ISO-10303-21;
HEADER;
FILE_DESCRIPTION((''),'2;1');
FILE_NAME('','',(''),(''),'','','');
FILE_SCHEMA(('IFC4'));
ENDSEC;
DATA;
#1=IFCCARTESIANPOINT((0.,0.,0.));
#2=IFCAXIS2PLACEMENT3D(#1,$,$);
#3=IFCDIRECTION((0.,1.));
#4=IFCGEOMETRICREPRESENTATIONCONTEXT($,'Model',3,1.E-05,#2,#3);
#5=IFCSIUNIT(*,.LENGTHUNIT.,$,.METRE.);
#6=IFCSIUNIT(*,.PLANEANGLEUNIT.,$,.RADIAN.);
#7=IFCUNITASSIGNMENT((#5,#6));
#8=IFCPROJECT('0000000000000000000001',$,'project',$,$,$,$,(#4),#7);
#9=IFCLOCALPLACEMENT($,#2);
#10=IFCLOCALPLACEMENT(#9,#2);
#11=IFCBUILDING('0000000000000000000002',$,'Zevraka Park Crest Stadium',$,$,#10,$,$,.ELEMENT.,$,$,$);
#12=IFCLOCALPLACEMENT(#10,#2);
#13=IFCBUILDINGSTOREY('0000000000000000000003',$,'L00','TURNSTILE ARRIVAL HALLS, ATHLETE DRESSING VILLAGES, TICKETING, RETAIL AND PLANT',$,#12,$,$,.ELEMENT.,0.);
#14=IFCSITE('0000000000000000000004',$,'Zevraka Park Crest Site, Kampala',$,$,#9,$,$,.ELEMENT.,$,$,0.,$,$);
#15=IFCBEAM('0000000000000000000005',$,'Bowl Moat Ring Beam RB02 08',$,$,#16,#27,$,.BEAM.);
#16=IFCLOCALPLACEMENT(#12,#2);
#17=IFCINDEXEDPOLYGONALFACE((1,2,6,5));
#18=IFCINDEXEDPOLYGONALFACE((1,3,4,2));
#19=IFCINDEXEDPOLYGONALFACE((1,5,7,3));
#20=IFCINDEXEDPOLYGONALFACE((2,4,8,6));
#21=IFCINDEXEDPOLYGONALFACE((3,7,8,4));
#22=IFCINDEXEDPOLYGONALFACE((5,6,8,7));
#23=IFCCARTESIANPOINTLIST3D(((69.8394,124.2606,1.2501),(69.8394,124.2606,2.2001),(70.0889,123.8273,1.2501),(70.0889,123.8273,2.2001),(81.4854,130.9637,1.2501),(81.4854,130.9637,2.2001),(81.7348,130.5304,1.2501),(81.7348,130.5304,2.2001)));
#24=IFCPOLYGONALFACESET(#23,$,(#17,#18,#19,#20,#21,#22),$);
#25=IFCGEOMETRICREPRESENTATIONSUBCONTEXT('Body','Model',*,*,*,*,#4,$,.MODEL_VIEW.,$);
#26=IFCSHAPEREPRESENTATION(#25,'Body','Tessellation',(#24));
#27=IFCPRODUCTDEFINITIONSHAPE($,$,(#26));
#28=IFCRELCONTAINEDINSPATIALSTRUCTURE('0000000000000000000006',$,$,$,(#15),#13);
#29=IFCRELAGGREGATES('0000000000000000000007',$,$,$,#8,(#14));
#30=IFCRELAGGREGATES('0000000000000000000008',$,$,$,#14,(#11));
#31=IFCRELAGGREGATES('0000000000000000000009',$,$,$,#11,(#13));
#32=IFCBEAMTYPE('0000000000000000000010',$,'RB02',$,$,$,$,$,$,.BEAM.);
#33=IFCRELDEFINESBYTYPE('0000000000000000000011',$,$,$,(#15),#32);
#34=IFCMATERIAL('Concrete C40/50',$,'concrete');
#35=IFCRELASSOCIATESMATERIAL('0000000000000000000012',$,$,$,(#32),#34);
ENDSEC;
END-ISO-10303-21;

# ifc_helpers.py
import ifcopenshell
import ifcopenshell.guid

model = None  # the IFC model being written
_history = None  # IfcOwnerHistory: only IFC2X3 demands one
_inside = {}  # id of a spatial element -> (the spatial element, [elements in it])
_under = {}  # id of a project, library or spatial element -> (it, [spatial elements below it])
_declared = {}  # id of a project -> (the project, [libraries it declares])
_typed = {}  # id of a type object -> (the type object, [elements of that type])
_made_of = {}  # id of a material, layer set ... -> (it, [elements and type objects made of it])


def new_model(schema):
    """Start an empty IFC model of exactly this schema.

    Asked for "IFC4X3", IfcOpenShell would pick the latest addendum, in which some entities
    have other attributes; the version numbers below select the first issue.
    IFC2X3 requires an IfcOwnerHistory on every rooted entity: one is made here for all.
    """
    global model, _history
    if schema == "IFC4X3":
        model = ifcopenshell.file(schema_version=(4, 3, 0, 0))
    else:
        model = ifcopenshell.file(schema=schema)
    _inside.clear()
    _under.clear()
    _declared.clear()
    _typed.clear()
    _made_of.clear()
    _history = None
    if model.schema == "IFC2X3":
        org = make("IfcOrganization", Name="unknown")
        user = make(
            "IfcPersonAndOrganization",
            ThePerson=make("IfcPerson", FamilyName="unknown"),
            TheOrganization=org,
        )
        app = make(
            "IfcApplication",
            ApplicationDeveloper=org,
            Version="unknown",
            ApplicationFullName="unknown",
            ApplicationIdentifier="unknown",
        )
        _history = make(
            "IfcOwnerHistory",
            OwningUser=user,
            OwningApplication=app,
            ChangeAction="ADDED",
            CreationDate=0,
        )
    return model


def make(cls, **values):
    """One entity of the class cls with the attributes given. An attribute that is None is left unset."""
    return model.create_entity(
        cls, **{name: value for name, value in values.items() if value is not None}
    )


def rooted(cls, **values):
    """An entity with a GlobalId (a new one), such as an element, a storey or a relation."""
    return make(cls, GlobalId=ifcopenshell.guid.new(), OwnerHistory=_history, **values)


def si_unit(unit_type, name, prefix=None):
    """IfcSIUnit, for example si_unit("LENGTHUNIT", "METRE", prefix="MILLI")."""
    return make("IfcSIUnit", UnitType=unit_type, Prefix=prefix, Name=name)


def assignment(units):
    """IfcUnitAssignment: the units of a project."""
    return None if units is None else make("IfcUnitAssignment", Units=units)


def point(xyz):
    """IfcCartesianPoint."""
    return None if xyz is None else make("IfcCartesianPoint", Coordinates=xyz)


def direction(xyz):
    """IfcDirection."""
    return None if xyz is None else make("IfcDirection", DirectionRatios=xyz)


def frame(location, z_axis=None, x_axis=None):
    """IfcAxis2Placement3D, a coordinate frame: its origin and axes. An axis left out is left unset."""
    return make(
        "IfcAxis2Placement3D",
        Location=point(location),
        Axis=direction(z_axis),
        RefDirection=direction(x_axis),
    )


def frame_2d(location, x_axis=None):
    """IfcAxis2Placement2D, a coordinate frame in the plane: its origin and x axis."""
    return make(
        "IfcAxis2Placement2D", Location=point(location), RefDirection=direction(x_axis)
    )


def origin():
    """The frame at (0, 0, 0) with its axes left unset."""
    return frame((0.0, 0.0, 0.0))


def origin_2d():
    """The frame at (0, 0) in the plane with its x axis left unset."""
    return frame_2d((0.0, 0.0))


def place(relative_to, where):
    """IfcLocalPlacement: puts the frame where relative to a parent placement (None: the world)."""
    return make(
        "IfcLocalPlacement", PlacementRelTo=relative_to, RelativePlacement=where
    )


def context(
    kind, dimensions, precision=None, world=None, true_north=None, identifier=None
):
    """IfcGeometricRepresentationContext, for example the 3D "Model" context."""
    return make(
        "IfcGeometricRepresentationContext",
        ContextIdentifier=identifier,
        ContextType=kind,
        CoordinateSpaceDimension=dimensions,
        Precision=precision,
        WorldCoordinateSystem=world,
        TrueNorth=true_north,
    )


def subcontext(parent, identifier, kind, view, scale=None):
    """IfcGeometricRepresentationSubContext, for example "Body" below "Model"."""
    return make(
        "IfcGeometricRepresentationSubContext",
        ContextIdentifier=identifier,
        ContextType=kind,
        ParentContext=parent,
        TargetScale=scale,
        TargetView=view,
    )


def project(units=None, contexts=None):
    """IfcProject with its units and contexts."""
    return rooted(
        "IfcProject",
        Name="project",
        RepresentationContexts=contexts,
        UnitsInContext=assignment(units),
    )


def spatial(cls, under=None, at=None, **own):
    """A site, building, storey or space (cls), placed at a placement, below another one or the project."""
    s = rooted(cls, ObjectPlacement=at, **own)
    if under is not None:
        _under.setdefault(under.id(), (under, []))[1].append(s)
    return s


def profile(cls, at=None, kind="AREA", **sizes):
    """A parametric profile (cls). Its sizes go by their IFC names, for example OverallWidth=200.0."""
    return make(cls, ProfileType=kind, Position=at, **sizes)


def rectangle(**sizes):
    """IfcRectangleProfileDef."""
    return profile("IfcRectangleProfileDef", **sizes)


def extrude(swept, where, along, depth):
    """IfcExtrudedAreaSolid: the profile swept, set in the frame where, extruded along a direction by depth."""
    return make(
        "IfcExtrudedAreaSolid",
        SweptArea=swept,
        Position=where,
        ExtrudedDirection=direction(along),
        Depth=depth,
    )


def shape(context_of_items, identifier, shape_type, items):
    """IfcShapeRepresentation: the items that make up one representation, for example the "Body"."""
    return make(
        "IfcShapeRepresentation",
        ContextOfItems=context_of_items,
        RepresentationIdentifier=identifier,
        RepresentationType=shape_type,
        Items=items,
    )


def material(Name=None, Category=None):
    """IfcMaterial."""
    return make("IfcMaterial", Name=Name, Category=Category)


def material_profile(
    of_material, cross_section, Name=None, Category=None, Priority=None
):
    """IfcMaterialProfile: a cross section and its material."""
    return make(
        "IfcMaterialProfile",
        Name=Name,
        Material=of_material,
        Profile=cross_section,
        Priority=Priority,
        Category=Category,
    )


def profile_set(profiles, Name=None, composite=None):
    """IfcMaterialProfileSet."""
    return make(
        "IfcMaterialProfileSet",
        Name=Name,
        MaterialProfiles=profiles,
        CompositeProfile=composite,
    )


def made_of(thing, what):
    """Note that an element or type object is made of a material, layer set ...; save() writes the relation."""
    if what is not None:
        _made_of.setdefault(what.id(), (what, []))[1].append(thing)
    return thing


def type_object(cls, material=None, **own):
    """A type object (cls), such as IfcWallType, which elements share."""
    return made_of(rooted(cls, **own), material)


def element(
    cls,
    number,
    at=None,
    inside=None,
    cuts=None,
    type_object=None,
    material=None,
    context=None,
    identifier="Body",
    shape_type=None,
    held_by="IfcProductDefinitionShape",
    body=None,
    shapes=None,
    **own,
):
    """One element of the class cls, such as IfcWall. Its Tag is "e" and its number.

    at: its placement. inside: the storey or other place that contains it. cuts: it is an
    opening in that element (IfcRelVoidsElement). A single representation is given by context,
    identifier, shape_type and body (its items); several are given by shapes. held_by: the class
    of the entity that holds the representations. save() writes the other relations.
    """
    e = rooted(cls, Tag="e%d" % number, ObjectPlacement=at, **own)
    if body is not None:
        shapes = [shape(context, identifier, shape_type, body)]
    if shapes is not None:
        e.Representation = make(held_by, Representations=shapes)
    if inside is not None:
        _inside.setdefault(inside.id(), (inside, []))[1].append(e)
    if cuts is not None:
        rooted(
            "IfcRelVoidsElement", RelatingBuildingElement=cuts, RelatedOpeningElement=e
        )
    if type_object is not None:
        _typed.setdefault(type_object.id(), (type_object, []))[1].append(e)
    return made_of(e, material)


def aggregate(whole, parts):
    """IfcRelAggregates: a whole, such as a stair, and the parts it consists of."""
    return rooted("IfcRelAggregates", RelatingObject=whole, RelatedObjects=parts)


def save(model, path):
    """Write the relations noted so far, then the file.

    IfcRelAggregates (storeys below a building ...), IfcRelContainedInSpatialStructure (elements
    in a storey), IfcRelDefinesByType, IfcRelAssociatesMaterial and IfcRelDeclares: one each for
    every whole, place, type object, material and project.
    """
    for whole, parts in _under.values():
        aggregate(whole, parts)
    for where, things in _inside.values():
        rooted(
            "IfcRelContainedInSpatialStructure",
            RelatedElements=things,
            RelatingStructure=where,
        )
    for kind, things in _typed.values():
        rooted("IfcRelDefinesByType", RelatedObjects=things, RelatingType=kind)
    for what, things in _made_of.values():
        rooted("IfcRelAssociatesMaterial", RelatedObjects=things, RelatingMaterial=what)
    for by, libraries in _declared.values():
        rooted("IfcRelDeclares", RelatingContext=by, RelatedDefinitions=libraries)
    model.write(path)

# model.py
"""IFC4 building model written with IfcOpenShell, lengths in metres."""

from ifc_helpers import new_model, si_unit, direction, frame, origin, origin_2d, place, context, subcontext, project, spatial, rectangle, extrude, material, material_profile, profile_set, type_object, element, save


model = new_model("IFC4")

# Units and contexts
model_context = context("Model", 3, precision=1e-05, world=origin(), true_north=direction((0.0, 1.0)))
body_context = subcontext(model_context, "Body", "Model", "MODEL_VIEW")
ifc_project = project(units=[si_unit("LENGTHUNIT", "METRE"), si_unit("PLANEANGLEUNIT", "RADIAN")], contexts=[model_context])

# Site, building, storey
site_placement = place(None, origin())
site = spatial("IfcSite", under=ifc_project, at=site_placement, Name="Zevraka Park Crest Site, Kampala", CompositionType="ELEMENT", RefElevation=0.0)
building_placement = place(site_placement, origin())
building = spatial("IfcBuilding", under=site, at=building_placement, Name="Zevraka Park Crest Stadium", CompositionType="ELEMENT")
storey_placement = place(building_placement, origin())
storey = spatial("IfcBuildingStorey", under=building, at=storey_placement, Name="L00", Description="TURNSTILE ARRIVAL HALLS, ATHLETE DRESSING VILLAGES, TICKETING, RETAIL AND PLANT", CompositionType="ELEMENT", Elevation=0.0)

# Beam
ifc_material_1 = material(Name="Concrete C40/50", Category="concrete")
ifc_material_profile_1 = material_profile(ifc_material_1, rectangle(XDim=0.5, YDim=0.95, at=origin_2d()), Name="RC 950x500")
ifc_profile_set_1 = profile_set([ifc_material_profile_1], Name="Concrete C40/50")
beam_type = type_object("IfcBeamType", Name="RB02", PredefinedType="BEAM", material=ifc_profile_set_1)
beam_1_placement = place(storey_placement, frame((81.6101, 130.7471, 1.7251), z_axis=(-0.866691, -0.498845, 0.0), x_axis=(0.498845, -0.866691, 0.0)))
element("IfcBeam", 1, at=beam_1_placement, inside=storey, type_object=beam_type, Name="Bowl Moat Ring Beam RB02 08", PredefinedType="BEAM", context=body_context, shape_type="SweptSolid", body=[
    extrude(rectangle(XDim=0.5, YDim=0.95, at=origin_2d()), origin(), (0.0, 0.0, 1.0), 13.4373),
])

save(model, "model.ifc")
